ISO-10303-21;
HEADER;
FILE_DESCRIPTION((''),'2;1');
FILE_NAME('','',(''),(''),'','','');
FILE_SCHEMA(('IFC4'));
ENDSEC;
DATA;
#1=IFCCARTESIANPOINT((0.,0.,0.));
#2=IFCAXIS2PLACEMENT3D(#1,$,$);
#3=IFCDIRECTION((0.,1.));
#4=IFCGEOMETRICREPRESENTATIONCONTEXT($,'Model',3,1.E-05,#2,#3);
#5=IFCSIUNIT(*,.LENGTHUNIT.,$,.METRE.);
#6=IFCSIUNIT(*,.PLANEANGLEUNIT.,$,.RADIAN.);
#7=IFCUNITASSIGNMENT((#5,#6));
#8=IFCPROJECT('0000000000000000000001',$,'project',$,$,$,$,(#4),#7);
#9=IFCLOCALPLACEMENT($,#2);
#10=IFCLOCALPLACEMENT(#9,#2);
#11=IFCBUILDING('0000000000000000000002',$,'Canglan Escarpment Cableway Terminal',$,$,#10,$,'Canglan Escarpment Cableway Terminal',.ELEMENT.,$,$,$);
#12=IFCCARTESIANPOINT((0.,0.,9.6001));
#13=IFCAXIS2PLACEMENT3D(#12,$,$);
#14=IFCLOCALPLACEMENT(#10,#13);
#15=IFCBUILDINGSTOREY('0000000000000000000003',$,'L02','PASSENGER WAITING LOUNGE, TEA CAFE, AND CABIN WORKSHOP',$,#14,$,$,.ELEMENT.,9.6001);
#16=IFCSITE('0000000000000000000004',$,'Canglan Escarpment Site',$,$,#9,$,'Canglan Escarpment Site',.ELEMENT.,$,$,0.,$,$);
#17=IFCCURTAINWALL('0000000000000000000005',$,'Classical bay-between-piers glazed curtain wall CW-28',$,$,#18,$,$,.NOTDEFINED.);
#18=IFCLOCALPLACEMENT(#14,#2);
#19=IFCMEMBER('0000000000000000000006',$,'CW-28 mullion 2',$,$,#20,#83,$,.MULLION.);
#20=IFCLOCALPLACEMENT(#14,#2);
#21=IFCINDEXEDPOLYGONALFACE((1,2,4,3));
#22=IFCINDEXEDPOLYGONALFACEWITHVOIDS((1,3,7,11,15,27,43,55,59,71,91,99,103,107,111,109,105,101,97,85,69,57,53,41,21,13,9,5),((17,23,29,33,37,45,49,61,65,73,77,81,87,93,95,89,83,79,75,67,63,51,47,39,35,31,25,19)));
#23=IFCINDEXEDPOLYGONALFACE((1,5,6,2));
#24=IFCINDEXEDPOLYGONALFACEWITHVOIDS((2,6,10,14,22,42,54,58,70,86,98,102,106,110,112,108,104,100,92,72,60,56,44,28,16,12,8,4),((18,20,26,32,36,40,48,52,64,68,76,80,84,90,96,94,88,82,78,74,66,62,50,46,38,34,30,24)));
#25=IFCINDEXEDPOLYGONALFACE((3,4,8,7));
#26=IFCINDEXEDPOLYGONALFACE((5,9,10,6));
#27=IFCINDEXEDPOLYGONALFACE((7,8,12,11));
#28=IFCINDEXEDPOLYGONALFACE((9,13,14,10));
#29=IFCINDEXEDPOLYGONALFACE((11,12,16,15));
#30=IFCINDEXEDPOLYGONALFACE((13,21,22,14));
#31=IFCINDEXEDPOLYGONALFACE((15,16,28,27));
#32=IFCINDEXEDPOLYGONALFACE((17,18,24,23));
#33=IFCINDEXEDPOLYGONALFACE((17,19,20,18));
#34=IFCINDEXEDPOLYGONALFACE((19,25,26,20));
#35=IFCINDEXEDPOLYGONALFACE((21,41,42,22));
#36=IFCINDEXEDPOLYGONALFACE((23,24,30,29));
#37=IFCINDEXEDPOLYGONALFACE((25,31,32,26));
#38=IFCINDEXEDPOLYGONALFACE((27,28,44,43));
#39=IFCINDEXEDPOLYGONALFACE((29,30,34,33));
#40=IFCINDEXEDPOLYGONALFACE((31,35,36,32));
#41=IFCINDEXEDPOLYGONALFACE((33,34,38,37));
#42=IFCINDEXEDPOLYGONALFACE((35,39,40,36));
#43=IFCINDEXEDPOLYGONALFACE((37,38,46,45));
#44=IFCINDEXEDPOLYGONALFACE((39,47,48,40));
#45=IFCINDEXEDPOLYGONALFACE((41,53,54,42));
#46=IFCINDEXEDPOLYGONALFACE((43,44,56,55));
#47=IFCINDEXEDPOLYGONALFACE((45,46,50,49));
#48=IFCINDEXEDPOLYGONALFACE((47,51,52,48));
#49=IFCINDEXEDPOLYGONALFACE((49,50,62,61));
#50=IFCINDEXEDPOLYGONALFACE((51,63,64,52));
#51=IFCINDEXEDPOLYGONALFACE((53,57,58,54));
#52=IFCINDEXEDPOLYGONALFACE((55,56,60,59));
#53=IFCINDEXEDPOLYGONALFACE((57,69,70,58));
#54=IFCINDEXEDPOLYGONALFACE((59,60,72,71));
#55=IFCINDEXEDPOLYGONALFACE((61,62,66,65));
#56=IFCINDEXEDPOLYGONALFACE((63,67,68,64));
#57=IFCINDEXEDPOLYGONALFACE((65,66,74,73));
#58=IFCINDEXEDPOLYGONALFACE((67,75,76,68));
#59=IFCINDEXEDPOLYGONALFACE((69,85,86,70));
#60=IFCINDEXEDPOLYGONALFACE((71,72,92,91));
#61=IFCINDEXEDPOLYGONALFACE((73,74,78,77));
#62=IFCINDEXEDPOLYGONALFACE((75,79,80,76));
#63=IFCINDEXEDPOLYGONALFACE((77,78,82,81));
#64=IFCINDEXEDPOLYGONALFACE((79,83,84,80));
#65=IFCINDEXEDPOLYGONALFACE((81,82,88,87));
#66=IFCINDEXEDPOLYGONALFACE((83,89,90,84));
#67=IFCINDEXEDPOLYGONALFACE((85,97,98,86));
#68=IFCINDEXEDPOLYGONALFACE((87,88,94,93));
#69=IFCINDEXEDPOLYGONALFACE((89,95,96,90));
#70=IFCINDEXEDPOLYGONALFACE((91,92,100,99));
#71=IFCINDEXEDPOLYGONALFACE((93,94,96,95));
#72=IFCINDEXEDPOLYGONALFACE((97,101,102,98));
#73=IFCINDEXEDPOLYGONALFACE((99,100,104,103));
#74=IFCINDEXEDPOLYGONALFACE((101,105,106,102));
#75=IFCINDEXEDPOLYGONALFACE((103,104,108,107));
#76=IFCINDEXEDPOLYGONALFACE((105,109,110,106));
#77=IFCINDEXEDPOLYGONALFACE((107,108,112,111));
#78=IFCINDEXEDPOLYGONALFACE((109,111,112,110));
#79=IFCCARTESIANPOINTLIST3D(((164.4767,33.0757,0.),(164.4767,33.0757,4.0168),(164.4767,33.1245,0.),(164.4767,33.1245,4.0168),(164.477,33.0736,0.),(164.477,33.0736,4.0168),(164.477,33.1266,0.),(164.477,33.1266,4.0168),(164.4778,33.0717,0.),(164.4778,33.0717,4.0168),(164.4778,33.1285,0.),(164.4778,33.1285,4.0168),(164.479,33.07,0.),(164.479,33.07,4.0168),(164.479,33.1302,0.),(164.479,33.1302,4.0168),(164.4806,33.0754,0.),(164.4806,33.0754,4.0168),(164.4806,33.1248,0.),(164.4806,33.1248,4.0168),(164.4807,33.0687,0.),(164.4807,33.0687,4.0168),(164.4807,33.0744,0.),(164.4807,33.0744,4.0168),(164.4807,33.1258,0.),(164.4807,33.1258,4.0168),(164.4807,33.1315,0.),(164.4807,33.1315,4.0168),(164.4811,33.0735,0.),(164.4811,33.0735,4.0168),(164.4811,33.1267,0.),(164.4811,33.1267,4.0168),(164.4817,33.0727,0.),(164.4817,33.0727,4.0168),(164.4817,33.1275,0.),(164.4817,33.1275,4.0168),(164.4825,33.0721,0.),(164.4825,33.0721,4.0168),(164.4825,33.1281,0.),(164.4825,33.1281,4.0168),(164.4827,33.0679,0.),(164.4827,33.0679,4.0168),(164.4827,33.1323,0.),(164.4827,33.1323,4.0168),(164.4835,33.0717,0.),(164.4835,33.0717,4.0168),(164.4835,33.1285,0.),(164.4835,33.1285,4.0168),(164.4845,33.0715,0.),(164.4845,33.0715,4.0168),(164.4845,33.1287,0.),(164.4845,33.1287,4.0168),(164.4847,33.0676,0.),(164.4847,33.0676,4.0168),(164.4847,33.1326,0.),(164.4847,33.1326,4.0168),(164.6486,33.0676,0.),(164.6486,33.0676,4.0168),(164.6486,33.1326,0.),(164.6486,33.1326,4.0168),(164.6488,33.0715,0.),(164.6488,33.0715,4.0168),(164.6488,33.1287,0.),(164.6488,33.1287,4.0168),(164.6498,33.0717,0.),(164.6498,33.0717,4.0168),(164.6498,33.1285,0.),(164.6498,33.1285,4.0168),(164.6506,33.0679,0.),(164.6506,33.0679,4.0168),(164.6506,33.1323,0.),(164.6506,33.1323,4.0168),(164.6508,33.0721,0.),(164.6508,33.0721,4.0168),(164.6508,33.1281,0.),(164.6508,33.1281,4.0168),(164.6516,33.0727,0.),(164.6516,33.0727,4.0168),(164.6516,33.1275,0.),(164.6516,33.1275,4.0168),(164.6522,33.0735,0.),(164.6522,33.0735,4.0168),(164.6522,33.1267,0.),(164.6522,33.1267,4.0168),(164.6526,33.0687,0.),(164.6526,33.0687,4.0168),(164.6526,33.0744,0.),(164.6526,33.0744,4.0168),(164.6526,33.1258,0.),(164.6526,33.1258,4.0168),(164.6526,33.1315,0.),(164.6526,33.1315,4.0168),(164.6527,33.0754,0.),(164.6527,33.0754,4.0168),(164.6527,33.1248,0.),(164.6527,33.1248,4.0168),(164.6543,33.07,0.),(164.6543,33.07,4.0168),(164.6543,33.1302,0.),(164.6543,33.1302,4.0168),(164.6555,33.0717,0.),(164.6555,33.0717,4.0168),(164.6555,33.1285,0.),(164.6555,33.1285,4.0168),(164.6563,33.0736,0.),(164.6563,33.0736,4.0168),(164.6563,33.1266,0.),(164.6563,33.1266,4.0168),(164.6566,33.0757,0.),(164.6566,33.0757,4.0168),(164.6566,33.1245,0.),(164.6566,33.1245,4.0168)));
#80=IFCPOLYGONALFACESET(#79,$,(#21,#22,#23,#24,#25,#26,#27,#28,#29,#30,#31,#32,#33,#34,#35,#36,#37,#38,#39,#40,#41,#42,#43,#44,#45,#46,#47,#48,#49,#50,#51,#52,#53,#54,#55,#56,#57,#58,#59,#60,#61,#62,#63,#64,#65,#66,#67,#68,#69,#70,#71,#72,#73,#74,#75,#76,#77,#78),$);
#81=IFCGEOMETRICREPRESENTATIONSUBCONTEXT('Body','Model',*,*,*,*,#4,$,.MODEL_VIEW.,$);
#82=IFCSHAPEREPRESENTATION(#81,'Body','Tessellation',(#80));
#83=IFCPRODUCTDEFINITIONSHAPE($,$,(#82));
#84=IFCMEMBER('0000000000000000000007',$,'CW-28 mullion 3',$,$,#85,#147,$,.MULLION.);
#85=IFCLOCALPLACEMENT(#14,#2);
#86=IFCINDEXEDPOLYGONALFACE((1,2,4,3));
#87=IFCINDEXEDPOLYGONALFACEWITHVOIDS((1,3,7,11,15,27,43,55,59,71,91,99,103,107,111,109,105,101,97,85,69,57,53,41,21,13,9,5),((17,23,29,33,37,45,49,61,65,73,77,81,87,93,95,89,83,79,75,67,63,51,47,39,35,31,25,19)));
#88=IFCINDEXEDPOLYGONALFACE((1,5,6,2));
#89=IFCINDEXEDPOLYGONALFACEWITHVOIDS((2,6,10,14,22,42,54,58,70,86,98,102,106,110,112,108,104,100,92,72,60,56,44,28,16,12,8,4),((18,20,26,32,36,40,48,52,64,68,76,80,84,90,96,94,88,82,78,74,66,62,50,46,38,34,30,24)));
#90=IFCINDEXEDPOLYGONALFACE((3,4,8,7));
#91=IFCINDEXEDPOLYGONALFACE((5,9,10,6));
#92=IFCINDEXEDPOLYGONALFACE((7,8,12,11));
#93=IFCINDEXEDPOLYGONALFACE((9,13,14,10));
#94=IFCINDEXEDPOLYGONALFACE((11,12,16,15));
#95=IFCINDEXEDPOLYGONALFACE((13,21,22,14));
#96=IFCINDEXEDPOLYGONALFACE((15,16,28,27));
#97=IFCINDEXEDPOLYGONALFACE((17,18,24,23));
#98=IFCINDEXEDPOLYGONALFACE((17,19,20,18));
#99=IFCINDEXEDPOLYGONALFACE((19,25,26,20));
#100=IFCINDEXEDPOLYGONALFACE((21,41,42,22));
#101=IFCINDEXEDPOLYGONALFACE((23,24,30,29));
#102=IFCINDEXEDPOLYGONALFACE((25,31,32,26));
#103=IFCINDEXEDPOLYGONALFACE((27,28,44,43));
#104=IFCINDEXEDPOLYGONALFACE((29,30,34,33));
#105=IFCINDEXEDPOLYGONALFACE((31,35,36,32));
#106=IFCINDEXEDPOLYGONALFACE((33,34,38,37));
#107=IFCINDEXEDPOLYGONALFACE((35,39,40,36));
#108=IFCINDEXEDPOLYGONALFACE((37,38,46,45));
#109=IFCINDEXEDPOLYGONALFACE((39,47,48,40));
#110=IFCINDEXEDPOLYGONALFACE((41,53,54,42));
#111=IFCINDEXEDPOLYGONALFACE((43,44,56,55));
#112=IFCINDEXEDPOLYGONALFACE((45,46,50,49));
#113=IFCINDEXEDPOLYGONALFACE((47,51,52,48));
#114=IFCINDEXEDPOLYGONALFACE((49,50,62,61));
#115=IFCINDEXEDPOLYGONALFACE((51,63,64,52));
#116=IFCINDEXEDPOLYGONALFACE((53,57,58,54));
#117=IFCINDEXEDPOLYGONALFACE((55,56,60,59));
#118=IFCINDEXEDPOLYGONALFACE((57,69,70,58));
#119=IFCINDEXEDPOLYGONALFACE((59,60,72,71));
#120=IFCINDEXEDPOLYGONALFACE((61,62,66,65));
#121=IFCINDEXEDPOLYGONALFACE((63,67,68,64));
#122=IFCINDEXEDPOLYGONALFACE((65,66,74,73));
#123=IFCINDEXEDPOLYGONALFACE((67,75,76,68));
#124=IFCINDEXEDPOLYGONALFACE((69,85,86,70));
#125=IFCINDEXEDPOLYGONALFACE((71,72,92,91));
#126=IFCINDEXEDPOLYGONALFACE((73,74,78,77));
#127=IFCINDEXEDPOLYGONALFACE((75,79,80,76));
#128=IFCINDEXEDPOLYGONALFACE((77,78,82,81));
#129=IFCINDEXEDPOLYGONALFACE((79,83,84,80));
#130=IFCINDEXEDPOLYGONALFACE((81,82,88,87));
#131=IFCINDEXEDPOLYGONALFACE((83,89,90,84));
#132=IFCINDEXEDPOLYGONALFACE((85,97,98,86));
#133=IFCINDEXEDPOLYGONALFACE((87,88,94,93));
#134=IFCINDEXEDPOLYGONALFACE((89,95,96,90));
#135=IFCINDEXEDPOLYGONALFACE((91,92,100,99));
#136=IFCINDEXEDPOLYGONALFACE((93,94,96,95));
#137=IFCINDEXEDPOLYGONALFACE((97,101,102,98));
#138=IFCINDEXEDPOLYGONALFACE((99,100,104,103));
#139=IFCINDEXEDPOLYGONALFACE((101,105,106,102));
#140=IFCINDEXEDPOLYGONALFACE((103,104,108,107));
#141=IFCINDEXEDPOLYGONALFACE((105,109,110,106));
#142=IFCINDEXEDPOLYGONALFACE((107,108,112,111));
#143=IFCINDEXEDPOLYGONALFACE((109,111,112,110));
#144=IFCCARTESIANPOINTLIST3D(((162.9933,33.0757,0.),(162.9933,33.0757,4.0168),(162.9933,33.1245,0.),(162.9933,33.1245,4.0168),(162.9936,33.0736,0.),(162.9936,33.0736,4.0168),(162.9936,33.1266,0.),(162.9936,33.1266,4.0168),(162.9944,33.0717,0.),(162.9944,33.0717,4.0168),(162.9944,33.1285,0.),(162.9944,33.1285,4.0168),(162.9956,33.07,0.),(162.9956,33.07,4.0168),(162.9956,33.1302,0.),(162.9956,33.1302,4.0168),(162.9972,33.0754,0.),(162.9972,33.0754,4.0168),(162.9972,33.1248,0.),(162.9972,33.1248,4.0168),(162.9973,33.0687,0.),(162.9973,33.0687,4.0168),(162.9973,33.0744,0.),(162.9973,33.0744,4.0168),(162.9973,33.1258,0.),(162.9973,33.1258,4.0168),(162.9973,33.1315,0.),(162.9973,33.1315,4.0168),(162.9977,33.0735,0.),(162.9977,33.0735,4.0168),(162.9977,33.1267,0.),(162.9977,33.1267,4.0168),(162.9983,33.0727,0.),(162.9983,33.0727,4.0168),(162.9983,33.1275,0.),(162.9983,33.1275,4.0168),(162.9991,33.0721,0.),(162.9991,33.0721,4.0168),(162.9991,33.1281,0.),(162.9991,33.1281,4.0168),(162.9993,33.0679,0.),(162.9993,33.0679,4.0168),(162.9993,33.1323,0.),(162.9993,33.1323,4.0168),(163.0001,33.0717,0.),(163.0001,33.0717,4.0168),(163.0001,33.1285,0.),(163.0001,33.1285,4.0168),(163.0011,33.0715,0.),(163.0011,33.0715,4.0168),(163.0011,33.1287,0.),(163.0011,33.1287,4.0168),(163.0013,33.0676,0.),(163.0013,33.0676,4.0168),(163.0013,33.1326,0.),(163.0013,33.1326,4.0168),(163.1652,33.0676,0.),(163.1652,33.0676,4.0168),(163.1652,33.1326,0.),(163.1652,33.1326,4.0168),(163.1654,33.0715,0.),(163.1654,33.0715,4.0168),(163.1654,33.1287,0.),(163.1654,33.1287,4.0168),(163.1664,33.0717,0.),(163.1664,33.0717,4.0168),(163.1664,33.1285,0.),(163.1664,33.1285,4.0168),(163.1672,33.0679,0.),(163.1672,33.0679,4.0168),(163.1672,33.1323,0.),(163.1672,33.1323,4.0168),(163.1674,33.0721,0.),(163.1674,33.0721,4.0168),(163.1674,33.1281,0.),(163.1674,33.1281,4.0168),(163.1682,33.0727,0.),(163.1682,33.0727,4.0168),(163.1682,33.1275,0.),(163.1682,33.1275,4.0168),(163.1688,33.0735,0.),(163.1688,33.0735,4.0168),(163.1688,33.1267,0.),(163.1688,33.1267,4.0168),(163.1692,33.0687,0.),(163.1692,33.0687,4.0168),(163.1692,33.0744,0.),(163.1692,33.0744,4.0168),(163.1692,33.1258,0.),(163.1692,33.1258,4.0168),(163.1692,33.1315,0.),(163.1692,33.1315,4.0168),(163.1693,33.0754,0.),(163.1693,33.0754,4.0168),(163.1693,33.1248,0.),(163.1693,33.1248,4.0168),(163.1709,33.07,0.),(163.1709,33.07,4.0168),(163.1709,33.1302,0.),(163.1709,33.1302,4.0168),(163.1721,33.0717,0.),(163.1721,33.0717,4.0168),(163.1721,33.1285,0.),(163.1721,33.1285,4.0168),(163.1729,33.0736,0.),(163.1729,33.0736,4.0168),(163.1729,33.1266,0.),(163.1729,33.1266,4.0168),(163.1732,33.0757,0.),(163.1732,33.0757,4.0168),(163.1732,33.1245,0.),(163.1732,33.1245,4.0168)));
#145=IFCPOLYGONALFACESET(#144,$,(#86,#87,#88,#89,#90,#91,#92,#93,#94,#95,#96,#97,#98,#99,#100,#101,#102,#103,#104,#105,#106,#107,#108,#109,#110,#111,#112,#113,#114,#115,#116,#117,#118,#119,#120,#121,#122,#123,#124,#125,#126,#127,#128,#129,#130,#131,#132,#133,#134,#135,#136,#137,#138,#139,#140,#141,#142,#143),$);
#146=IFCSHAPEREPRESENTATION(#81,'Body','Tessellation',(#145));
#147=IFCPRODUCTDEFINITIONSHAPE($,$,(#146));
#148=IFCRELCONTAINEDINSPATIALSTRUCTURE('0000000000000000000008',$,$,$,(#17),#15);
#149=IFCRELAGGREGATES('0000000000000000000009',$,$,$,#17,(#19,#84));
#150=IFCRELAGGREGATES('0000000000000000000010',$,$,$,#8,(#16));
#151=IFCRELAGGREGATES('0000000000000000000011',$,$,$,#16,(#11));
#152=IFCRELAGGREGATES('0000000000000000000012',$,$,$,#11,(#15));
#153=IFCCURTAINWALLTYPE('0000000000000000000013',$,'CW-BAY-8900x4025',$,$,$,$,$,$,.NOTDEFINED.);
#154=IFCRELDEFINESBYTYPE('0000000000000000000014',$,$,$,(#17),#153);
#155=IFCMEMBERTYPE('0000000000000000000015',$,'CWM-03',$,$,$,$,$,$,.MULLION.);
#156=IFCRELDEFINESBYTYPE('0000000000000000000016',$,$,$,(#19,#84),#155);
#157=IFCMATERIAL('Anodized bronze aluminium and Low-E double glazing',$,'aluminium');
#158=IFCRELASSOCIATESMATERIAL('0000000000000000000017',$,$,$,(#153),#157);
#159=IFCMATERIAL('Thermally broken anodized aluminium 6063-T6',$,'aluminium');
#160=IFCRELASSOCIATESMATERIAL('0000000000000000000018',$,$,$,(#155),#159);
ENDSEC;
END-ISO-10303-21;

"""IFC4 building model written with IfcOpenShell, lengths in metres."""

from ifc_helpers import new_model, si_unit, direction, frame, origin, origin_2d, place, context, subcontext, project, spatial, hollow_rectangle, extrude, material, material_profile, profile_set, type_object, element, aggregate, save


model = new_model("IFC4")

# Units and contexts
model_context = context("Model", 3, precision=1e-05, world=origin(), true_north=direction((0.0, 1.0)))
body_context = subcontext(model_context, "Body", "Model", "MODEL_VIEW")
ifc_project = project(units=[si_unit("LENGTHUNIT", "METRE"), si_unit("PLANEANGLEUNIT", "RADIAN")], contexts=[model_context])

# Site, building, storey
site_placement = place(None, origin())
site = spatial("IfcSite", under=ifc_project, at=site_placement, Name="Canglan Escarpment Site", LongName="Canglan Escarpment Site", CompositionType="ELEMENT", RefElevation=0.0)
building_placement = place(site_placement, origin())
building = spatial("IfcBuilding", under=site, at=building_placement, Name="Canglan Escarpment Cableway Terminal", LongName="Canglan Escarpment Cableway Terminal", CompositionType="ELEMENT")
storey_placement = place(building_placement, frame((0.0, 0.0, 9.6001)))
storey = spatial("IfcBuildingStorey", under=building, at=storey_placement, Name="L02", Description="PASSENGER WAITING LOUNGE, TEA CAFE, AND CABIN WORKSHOP", CompositionType="ELEMENT", Elevation=9.6001)

# Curtain wall, members
ifc_material_1 = material(Name="Anodized bronze aluminium and Low-E double glazing", Category="aluminium")
ifc_material_2 = material(Name="Thermally broken anodized aluminium 6063-T6", Category="aluminium")
curtain_wall_type_1 = type_object("IfcCurtainWallType", Name="CW-BAY-8900x4025", PredefinedType="NOTDEFINED", material=ifc_material_1)
curtain_wall_1_placement = place(storey_placement, origin())
curtain_wall_1 = element("IfcCurtainWall", 1, at=curtain_wall_1_placement, inside=storey, type_object=curtain_wall_type_1, Name="Classical bay-between-piers glazed curtain wall CW-28", PredefinedType="NOTDEFINED")
ifc_material_profile_1 = material_profile(ifc_material_2, hollow_rectangle(XDim=0.0649, YDim=0.1799, WallThickness=0.0039, InnerFilletRadius=0.0039, OuterFilletRadius=0.0081, at=origin_2d()), Name="ALU-MULL 65x180x4")
ifc_profile_set_1 = profile_set([ifc_material_profile_1], Name="Thermally broken anodized aluminium 6063-T6")
member_type_1 = type_object("IfcMemberType", Name="CWM-03", PredefinedType="MULLION", material=ifc_profile_set_1)
member_1_placement = place(storey_placement, frame((164.5667, 33.1001, 0.0), z_axis=(0.0, 0.0, 1.0), x_axis=(0.0, -1.0, 0.0)))
member_1 = element("IfcMember", 2, at=member_1_placement, type_object=member_type_1, Name="CW-28 mullion 2", PredefinedType="MULLION", context=body_context, shape_type="SweptSolid", body=[
    extrude(hollow_rectangle(XDim=0.0649, YDim=0.1799, WallThickness=0.0039, InnerFilletRadius=0.0039, OuterFilletRadius=0.0081, at=origin_2d()), origin(), (0.0, 0.0, 1.0), 4.0168),
])
member_2_placement = place(storey_placement, frame((163.0833, 33.1001, 0.0), z_axis=(0.0, 0.0, 1.0), x_axis=(0.0, -1.0, 0.0)))
member_2 = element("IfcMember", 3, at=member_2_placement, type_object=member_type_1, Name="CW-28 mullion 3", PredefinedType="MULLION", context=body_context, shape_type="SweptSolid", body=[
    extrude(hollow_rectangle(XDim=0.0649, YDim=0.1799, WallThickness=0.0039, InnerFilletRadius=0.0039, OuterFilletRadius=0.0081, at=origin_2d()), origin(), (0.0, 0.0, 1.0), 4.0168),
])

aggregate(curtain_wall_1, [member_1, member_2])

save(model, "model.ifc")
